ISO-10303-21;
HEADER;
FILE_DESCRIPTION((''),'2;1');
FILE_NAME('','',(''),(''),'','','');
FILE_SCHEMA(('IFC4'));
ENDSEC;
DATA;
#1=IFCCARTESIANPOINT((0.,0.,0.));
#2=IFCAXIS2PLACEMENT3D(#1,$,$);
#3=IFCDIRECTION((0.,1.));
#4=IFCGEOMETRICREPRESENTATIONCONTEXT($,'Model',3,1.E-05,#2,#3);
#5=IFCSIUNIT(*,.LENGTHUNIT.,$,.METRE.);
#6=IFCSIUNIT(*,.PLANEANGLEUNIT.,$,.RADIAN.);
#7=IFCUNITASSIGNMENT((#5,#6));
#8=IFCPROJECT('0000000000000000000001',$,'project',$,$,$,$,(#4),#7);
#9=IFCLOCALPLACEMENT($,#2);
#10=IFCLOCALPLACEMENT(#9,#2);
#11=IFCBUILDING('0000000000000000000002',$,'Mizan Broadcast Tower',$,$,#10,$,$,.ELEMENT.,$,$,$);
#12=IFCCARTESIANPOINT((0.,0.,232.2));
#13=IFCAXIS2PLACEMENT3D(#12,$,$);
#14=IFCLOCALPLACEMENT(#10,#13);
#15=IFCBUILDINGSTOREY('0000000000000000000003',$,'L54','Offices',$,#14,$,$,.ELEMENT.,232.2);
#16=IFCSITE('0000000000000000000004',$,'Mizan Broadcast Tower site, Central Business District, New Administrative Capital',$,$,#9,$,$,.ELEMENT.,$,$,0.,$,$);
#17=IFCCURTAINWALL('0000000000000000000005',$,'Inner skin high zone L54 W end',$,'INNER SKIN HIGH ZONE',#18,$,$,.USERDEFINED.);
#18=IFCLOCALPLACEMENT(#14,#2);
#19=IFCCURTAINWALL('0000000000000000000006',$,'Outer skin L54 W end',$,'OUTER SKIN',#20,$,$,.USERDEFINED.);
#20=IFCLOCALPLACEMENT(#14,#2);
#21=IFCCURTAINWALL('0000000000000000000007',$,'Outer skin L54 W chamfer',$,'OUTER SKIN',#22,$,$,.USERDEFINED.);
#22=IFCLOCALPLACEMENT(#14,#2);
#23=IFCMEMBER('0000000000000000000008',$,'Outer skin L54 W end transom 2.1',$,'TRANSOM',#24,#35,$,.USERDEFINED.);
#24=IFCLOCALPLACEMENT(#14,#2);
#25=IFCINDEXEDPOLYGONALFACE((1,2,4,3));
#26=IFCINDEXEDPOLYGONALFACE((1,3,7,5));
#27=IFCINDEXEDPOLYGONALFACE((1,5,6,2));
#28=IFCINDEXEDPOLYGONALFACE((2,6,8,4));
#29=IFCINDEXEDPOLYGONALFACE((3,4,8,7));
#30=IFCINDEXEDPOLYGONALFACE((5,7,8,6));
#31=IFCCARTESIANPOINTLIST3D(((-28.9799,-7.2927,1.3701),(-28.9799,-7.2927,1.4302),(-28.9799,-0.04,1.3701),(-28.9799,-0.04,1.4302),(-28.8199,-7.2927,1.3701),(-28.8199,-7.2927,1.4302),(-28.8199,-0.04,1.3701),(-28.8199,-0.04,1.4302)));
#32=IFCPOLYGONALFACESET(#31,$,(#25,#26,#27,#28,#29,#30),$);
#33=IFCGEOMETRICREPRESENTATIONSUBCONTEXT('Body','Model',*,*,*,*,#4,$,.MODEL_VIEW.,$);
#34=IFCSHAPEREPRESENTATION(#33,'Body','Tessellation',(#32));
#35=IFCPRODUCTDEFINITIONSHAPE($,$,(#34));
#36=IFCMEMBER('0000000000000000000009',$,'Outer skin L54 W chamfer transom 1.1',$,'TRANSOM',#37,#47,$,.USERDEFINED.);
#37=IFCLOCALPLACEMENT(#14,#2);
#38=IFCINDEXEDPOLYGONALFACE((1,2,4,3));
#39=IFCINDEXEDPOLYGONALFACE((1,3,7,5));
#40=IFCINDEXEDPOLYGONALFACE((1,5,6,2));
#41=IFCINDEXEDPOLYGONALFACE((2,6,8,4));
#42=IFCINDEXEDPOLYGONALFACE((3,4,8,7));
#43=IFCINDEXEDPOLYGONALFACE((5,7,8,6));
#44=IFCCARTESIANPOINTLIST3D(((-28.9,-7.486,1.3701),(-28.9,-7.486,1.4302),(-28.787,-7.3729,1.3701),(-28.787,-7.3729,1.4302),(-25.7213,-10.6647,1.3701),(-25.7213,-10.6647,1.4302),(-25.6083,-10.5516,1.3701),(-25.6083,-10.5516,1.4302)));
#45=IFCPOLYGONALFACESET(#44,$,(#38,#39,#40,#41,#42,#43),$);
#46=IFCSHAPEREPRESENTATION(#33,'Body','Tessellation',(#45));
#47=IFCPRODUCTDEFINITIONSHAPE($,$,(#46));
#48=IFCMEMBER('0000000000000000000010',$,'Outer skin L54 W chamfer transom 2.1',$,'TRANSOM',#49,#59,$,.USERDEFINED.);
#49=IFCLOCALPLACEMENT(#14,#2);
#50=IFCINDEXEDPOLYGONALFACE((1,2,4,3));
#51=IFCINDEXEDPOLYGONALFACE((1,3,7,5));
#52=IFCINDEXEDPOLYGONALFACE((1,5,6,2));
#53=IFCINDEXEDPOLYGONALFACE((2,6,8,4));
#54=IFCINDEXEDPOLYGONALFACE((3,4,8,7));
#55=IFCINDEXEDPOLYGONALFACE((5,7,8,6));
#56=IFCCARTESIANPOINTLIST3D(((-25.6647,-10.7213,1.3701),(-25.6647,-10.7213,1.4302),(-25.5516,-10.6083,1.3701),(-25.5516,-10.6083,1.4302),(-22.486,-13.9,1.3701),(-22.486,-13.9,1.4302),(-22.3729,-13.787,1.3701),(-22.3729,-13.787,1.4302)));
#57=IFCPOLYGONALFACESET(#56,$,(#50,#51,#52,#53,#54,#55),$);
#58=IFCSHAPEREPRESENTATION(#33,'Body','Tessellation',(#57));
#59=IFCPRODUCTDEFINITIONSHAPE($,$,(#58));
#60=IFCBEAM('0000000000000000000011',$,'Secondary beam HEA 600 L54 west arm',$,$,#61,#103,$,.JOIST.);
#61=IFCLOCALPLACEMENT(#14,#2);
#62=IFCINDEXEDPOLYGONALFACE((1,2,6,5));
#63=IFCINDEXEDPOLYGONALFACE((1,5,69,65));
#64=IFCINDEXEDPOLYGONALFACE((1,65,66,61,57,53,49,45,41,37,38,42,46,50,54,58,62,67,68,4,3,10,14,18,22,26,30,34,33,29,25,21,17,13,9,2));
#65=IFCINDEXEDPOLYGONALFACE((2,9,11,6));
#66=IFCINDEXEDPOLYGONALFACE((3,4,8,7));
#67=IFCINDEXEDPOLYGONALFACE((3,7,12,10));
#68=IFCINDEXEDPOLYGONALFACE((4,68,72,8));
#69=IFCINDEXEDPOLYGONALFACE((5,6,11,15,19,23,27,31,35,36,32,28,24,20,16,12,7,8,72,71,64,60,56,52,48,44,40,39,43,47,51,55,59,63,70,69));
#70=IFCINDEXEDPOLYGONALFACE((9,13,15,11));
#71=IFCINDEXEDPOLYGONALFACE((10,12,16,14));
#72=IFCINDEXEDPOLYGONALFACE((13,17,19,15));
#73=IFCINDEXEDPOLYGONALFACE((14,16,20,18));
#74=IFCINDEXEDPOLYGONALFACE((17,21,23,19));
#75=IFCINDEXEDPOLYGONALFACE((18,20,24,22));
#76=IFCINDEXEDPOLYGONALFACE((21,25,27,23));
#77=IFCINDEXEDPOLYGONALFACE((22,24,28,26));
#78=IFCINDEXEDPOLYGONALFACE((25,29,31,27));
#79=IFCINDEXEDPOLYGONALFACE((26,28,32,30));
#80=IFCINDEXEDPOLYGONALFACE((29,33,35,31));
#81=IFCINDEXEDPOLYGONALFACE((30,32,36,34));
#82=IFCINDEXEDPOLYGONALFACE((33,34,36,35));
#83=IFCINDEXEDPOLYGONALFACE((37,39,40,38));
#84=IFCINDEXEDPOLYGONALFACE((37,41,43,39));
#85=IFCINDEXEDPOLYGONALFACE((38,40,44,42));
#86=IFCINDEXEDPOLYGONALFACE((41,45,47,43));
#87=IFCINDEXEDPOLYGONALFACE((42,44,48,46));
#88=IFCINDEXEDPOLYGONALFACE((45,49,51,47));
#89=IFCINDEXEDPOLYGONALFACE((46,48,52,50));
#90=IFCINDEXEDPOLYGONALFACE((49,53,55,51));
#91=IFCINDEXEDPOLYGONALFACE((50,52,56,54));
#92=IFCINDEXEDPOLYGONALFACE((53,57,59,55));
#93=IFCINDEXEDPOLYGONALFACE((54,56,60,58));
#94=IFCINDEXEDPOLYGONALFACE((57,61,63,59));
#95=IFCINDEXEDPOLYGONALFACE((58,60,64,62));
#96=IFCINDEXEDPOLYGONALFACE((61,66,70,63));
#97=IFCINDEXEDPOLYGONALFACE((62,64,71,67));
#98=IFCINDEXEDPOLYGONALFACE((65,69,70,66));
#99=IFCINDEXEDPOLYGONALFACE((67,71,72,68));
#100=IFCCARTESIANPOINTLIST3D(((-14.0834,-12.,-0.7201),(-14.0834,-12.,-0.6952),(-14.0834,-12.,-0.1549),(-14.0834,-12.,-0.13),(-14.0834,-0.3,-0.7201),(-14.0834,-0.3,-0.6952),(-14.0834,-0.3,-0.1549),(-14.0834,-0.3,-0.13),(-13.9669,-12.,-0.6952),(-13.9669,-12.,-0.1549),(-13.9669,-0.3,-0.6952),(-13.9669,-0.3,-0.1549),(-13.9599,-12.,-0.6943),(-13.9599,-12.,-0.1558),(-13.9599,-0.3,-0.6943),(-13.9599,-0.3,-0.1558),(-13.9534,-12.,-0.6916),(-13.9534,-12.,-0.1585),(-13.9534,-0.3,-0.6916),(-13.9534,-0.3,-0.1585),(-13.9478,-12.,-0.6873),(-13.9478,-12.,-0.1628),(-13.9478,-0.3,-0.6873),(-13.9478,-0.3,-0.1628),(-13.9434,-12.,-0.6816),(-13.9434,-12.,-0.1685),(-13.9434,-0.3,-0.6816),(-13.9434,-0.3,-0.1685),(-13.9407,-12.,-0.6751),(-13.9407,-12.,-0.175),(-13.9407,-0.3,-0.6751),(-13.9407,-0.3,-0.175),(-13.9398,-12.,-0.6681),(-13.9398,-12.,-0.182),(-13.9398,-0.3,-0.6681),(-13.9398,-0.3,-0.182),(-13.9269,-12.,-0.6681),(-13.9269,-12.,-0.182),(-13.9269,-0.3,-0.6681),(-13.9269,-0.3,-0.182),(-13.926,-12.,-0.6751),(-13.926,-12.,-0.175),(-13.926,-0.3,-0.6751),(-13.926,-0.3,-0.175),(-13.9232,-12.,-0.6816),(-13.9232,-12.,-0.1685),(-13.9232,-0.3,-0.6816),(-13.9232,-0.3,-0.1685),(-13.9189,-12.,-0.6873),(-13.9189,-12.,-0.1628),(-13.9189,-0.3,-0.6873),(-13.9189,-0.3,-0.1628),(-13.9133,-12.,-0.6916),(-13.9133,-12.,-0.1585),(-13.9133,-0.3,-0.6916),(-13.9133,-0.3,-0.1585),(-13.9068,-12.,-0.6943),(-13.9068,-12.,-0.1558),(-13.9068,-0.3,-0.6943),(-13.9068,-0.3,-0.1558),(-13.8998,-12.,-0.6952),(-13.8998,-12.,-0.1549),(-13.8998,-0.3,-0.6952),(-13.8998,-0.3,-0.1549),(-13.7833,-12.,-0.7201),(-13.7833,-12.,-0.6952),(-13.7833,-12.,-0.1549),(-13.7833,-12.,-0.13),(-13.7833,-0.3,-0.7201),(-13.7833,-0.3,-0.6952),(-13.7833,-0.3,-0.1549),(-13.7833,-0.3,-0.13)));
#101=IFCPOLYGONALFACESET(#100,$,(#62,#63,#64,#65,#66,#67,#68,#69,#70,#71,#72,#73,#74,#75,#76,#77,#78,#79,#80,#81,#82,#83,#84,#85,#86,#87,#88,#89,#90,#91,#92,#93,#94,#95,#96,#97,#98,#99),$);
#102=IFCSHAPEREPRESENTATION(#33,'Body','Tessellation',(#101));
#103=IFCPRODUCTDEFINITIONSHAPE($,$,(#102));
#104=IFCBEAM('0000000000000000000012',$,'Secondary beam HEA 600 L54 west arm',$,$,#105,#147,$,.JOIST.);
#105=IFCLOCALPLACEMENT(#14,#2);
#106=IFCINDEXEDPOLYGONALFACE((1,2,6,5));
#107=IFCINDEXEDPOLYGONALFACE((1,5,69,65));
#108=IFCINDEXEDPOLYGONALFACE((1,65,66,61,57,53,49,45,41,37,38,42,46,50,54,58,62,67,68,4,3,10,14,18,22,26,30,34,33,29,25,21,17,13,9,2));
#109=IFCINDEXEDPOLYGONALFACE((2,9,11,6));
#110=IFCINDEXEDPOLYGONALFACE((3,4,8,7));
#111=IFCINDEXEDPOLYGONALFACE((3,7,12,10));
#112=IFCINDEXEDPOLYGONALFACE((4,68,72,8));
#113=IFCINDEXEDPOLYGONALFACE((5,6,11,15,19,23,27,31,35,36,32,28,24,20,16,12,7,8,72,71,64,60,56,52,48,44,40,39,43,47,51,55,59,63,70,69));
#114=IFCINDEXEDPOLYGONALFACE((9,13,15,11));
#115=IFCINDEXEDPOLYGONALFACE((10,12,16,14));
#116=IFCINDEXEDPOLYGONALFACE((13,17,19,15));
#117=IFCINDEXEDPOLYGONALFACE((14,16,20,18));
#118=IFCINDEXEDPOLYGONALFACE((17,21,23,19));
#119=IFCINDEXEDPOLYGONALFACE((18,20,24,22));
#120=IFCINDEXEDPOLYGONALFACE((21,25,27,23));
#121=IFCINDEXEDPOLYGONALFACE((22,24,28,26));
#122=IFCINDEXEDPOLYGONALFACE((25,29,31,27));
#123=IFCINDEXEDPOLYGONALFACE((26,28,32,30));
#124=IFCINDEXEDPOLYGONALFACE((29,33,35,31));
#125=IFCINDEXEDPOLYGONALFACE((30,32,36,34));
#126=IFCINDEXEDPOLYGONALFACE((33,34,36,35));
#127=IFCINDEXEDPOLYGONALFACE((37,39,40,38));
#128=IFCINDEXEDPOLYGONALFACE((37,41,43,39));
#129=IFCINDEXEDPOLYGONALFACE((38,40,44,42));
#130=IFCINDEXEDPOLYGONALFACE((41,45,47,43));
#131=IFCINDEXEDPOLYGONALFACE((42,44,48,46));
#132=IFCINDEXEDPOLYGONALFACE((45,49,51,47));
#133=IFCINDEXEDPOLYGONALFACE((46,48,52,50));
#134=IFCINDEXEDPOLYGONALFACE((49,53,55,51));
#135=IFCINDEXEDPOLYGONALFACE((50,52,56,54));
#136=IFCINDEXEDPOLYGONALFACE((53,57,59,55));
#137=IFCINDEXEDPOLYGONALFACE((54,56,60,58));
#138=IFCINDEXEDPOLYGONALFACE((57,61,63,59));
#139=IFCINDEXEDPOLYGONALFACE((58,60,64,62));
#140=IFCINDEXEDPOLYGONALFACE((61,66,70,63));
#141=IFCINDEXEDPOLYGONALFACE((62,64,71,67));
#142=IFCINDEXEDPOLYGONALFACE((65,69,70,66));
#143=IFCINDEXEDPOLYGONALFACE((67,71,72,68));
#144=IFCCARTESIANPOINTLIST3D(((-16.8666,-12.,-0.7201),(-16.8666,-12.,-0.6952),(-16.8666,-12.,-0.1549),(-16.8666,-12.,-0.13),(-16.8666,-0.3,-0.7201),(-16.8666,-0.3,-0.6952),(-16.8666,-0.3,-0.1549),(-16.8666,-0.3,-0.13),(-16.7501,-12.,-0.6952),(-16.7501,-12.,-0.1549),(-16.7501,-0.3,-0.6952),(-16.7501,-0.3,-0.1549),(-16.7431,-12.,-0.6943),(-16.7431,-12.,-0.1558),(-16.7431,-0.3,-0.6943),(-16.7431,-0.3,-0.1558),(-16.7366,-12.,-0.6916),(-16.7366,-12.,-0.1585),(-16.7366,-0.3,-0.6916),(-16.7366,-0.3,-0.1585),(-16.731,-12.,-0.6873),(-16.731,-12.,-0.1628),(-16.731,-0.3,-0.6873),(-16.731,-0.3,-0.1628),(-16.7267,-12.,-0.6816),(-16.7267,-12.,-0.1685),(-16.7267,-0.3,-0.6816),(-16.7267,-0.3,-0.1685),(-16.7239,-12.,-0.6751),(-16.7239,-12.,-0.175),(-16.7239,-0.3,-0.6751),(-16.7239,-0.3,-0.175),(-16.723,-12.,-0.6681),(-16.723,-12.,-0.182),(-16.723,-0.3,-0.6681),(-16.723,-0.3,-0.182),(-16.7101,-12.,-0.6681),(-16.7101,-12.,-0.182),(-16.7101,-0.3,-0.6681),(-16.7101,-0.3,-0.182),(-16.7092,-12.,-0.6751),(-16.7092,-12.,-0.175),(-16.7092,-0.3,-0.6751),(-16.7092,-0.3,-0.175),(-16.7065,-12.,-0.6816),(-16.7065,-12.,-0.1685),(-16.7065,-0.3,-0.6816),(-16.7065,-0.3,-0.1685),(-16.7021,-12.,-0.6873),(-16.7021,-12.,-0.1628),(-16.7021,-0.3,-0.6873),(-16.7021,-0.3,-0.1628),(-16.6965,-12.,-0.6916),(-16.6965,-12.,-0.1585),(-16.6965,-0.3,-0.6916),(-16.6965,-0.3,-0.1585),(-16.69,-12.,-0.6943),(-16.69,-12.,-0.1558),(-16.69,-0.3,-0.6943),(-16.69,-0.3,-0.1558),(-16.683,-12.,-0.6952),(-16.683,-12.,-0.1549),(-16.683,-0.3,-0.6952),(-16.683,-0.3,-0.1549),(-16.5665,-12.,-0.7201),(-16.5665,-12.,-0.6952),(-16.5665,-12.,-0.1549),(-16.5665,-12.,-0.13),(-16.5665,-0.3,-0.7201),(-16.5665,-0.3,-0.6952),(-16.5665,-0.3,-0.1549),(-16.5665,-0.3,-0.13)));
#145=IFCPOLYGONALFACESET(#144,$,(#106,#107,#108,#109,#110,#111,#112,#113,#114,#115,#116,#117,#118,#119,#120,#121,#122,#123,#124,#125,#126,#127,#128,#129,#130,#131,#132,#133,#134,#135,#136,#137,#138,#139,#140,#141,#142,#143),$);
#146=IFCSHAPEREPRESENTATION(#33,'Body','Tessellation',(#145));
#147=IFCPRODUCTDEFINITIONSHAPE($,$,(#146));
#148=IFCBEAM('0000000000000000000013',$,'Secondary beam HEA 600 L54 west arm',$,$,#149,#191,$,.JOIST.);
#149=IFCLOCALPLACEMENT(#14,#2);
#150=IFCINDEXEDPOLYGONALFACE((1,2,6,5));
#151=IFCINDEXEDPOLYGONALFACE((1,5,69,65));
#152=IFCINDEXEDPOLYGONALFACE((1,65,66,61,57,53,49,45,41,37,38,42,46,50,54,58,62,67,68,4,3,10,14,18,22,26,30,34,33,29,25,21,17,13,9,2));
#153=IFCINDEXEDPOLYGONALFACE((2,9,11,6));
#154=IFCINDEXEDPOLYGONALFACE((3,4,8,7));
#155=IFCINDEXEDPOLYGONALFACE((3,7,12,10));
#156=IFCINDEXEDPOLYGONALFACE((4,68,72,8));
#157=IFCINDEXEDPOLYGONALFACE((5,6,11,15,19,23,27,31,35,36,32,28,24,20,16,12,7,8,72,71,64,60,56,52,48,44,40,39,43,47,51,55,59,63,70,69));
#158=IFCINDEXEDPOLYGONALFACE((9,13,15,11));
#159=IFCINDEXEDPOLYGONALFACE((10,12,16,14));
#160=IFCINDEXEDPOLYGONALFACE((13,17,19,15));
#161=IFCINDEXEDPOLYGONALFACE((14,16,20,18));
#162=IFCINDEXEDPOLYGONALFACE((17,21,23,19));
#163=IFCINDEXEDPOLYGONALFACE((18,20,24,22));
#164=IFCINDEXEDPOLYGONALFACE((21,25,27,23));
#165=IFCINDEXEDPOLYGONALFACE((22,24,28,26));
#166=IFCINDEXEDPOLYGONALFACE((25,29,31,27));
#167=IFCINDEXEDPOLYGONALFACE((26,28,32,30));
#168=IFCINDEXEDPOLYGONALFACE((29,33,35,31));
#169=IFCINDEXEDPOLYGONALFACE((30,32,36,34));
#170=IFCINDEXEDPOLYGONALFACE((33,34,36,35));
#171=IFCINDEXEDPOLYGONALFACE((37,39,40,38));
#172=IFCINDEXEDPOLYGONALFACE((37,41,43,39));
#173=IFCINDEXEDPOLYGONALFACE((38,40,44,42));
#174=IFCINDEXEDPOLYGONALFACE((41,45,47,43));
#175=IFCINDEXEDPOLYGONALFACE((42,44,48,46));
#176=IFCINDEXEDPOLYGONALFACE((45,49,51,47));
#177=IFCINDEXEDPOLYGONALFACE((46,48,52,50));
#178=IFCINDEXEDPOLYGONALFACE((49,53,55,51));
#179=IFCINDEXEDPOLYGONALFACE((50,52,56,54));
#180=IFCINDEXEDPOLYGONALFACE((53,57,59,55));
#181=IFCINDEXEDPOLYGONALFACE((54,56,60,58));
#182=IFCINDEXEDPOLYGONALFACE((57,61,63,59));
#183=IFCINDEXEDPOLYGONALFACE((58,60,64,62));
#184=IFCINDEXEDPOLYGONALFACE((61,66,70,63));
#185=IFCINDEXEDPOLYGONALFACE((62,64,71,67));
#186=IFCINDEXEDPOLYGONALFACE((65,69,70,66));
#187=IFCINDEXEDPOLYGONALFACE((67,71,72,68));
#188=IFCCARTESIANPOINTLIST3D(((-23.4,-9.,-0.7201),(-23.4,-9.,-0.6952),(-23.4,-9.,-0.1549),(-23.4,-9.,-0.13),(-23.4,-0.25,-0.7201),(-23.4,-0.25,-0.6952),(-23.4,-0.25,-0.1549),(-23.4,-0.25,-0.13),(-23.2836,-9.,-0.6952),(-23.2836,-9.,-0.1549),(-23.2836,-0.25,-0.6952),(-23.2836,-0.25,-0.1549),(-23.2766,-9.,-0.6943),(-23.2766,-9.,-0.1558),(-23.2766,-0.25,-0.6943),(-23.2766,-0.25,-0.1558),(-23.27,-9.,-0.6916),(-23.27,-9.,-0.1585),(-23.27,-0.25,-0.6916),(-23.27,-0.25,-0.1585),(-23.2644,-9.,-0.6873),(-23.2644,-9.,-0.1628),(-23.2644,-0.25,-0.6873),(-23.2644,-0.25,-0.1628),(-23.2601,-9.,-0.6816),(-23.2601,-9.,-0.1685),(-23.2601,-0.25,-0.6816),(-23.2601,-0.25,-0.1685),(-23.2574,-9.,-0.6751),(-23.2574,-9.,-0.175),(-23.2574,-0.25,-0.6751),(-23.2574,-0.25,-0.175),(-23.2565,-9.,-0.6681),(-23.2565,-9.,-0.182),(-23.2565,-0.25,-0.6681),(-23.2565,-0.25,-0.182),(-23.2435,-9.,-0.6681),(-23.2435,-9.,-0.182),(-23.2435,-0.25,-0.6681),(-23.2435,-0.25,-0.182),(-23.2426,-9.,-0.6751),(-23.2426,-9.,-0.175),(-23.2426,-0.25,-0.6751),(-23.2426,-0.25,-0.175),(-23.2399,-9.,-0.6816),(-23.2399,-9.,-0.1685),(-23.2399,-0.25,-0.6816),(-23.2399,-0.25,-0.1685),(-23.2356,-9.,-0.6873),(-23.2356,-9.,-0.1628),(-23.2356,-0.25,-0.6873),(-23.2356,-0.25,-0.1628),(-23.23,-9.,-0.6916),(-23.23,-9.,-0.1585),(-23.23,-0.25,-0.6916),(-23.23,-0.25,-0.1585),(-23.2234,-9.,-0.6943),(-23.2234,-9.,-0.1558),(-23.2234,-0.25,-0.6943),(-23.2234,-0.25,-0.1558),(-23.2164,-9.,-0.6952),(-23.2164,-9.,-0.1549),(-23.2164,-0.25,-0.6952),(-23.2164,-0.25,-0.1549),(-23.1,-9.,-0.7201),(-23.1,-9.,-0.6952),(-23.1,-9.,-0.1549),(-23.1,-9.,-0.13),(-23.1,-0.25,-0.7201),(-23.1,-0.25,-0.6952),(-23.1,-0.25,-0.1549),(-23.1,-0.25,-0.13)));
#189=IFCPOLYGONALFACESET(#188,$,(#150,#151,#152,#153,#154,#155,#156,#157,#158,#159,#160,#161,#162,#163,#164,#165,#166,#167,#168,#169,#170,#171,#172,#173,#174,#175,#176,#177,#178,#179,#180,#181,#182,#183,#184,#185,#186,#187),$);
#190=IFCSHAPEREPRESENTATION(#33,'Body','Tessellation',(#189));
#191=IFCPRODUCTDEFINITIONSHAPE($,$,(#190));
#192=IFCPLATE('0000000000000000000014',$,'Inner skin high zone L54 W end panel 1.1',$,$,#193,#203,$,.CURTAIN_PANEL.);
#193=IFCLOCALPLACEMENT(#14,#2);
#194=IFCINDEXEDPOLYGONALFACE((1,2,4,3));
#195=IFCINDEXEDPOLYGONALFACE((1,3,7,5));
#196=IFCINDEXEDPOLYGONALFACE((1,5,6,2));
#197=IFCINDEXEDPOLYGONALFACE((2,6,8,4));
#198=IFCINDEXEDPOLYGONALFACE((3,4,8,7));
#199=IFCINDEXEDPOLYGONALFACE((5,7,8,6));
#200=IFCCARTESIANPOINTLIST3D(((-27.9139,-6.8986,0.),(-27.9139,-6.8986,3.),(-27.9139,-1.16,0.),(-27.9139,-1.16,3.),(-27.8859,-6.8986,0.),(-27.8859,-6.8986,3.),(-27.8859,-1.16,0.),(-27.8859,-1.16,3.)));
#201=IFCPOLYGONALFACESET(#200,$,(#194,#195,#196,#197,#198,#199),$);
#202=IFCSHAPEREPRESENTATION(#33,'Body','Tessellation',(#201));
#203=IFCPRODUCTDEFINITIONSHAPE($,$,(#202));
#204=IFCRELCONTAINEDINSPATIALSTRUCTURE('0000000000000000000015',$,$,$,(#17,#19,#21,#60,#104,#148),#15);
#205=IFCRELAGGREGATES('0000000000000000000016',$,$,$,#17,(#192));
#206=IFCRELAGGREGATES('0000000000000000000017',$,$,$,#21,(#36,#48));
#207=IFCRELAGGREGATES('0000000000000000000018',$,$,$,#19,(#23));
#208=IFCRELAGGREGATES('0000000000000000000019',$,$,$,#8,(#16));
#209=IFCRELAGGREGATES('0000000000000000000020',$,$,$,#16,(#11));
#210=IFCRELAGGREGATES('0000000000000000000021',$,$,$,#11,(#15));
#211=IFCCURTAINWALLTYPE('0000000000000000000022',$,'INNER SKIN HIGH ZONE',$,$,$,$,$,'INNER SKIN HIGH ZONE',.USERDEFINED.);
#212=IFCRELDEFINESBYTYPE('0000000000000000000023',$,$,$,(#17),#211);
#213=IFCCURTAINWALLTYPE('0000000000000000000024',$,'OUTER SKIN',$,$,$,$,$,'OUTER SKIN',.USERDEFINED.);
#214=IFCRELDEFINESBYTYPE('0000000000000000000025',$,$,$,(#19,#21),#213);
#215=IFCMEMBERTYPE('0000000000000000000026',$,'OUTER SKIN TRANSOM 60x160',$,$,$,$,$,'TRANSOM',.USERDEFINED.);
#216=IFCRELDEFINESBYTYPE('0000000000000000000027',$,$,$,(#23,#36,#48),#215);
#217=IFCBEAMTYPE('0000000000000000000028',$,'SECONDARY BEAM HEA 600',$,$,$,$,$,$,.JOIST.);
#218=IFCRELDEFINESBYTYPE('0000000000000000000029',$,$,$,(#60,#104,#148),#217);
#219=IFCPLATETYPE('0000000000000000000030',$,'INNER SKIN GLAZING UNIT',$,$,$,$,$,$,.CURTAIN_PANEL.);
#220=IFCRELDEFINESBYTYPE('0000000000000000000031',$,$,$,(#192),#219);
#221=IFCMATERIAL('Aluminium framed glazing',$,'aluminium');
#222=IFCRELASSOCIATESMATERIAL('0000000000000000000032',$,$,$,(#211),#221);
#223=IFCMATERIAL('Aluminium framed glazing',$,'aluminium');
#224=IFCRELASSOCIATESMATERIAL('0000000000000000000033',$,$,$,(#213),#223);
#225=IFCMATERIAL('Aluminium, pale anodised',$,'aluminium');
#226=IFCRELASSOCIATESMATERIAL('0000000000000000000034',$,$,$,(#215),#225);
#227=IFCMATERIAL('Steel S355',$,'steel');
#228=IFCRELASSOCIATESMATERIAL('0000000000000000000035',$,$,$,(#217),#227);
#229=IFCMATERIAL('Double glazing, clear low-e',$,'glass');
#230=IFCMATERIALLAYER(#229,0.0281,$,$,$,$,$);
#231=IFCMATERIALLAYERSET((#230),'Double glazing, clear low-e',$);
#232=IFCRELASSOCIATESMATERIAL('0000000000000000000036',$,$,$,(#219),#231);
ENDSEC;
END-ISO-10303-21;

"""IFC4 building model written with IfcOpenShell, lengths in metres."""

from ifc_helpers import new_model, si_unit, direction, frame, origin, origin_2d, place, context, subcontext, project, spatial, rectangle, i_section, extrude, material, layer, layer_set, material_profile, profile_set, type_object, element, aggregate, save


model = new_model("IFC4")

# Units and contexts
model_context = context("Model", 3, precision=1e-05, world=origin(), true_north=direction((0.0, 1.0)))
body_context = subcontext(model_context, "Body", "Model", "MODEL_VIEW")
ifc_project = project(units=[si_unit("LENGTHUNIT", "METRE"), si_unit("PLANEANGLEUNIT", "RADIAN")], contexts=[model_context])

# Site, building, storey
site_placement = place(None, origin())
site = spatial("IfcSite", under=ifc_project, at=site_placement, Name="Mizan Broadcast Tower site, Central Business District, New Administrative Capital", CompositionType="ELEMENT", RefElevation=0.0)
building_placement = place(site_placement, origin())
building = spatial("IfcBuilding", under=site, at=building_placement, Name="Mizan Broadcast Tower", CompositionType="ELEMENT")
storey_placement = place(building_placement, frame((0.0, 0.0, 232.2)))
storey = spatial("IfcBuildingStorey", under=building, at=storey_placement, Name="L54", Description="Offices", CompositionType="ELEMENT", Elevation=232.2)

# Curtain wall
ifc_material_1 = material(Name="Aluminium framed glazing", Category="aluminium")
curtain_wall_type_1 = type_object("IfcCurtainWallType", Name="INNER SKIN HIGH ZONE", ElementType="INNER SKIN HIGH ZONE", PredefinedType="USERDEFINED", material=ifc_material_1)
curtain_wall_1_placement = place(storey_placement, origin())
curtain_wall_1 = element("IfcCurtainWall", 1, at=curtain_wall_1_placement, inside=storey, type_object=curtain_wall_type_1, Name="Inner skin high zone L54 W end", ObjectType="INNER SKIN HIGH ZONE", PredefinedType="USERDEFINED")

# Curtain walls
ifc_material_2 = material(Name="Aluminium framed glazing", Category="aluminium")
curtain_wall_type_2 = type_object("IfcCurtainWallType", Name="OUTER SKIN", ElementType="OUTER SKIN", PredefinedType="USERDEFINED", material=ifc_material_2)
curtain_wall_2_placement = place(storey_placement, origin())
curtain_wall_2 = element("IfcCurtainWall", 2, at=curtain_wall_2_placement, inside=storey, type_object=curtain_wall_type_2, Name="Outer skin L54 W end", ObjectType="OUTER SKIN", PredefinedType="USERDEFINED")
curtain_wall_3_placement = place(storey_placement, origin())
curtain_wall_3 = element("IfcCurtainWall", 3, at=curtain_wall_3_placement, inside=storey, type_object=curtain_wall_type_2, Name="Outer skin L54 W chamfer", ObjectType="OUTER SKIN", PredefinedType="USERDEFINED")

# Members
ifc_material_3 = material(Name="Aluminium, pale anodised", Category="aluminium")
ifc_material_profile_1 = material_profile(ifc_material_3, rectangle(XDim=0.1599, YDim=0.0601, at=origin_2d()), Name="TRANSOM 160x60")
ifc_profile_set_1 = profile_set([ifc_material_profile_1], Name="Aluminium, pale anodised")
member_type_1 = type_object("IfcMemberType", Name="OUTER SKIN TRANSOM 60x160", ElementType="TRANSOM", PredefinedType="USERDEFINED", material=ifc_profile_set_1)
member_1_placement = place(storey_placement, frame((-28.8999, -0.04, 1.4001), z_axis=(0.0, -1.0, 0.0), x_axis=(1.0, 0.0, 0.0)))
member_1 = element("IfcMember", 4, at=member_1_placement, type_object=member_type_1, Name="Outer skin L54 W end transom 2.1", ObjectType="TRANSOM", PredefinedType="USERDEFINED", context=body_context, shape_type="SweptSolid", body=[
    extrude(rectangle(XDim=0.1599, YDim=0.0601, at=origin_2d()), origin(), (0.0, 0.0, 1.0), 7.2527),
])
member_2_placement = place(storey_placement, frame((-28.8435, -7.4294, 1.4001), z_axis=(0.707107, -0.707107, 0.0), x_axis=(0.707107, 0.707107, 0.0)))
member_2 = element("IfcMember", 5, at=member_2_placement, type_object=member_type_1, Name="Outer skin L54 W chamfer transom 1.1", ObjectType="TRANSOM", PredefinedType="USERDEFINED", context=body_context, shape_type="SweptSolid", body=[
    extrude(rectangle(XDim=0.1599, YDim=0.0601, at=origin_2d()), origin(), (0.0, 0.0, 1.0), 4.4954),
])
member_3_placement = place(storey_placement, frame((-25.6082, -10.6648, 1.4001), z_axis=(0.707107, -0.707107, 0.0), x_axis=(0.707107, 0.707107, 0.0)))
member_3 = element("IfcMember", 6, at=member_3_placement, type_object=member_type_1, Name="Outer skin L54 W chamfer transom 2.1", ObjectType="TRANSOM", PredefinedType="USERDEFINED", context=body_context, shape_type="SweptSolid", body=[
    extrude(rectangle(XDim=0.1599, YDim=0.0601, at=origin_2d()), origin(), (0.0, 0.0, 1.0), 4.4954),
])

# Beams
ifc_material_4 = material(Name="Steel S355", Category="steel")
ifc_material_profile_2 = material_profile(ifc_material_4, i_section(OverallWidth=0.3, OverallDepth=0.5901, WebThickness=0.0129, FlangeThickness=0.0249, FilletRadius=0.0271, at=origin_2d()), Name="HEA 600")
ifc_profile_set_2 = profile_set([ifc_material_profile_2], Name="Steel S355")
beam_type_1 = type_object("IfcBeamType", Name="SECONDARY BEAM HEA 600", PredefinedType="JOIST", material=ifc_profile_set_2)
for number, where, z_axis, x_axis, name in (
    (7, (-13.9333, -12.0, -0.425), (0.0, 1.0, 0.0), (-1.0, 0.0, 0.0), "Secondary beam HEA 600 L54 west arm"),
    (8, (-16.7166, -12.0, -0.425), (0.0, 1.0, 0.0), (-1.0, 0.0, 0.0), "Secondary beam HEA 600 L54 west arm"),
):
    element("IfcBeam", number, at=place(storey_placement, frame(where, z_axis=z_axis, x_axis=x_axis)), inside=storey, type_object=beam_type_1, Name=name, PredefinedType="JOIST", context=body_context, shape_type="SweptSolid", body=[
        extrude(i_section(OverallWidth=0.3, OverallDepth=0.5901, WebThickness=0.0129, FlangeThickness=0.0249, FilletRadius=0.0271, at=origin_2d()), origin(), (0.0, 0.0, 1.0), 11.7),
    ])
beam_1_placement = place(storey_placement, frame((-23.25, -9.0, -0.425), z_axis=(0.0, 1.0, 0.0), x_axis=(-1.0, 0.0, 0.0)))
element("IfcBeam", 9, at=beam_1_placement, inside=storey, type_object=beam_type_1, Name="Secondary beam HEA 600 L54 west arm", PredefinedType="JOIST", context=body_context, shape_type="SweptSolid", body=[
    extrude(i_section(OverallWidth=0.3, OverallDepth=0.5901, WebThickness=0.0129, FlangeThickness=0.0249, FilletRadius=0.0271, at=origin_2d()), origin(), (0.0, 0.0, 1.0), 8.75),
])

# Plate
ifc_material_5 = material(Name="Double glazing, clear low-e", Category="glass")
ifc_layer_1 = layer(ifc_material_5, 0.0281)
ifc_layer_set_1 = layer_set([ifc_layer_1], Name="Double glazing, clear low-e")
plate_type_1 = type_object("IfcPlateType", Name="INNER SKIN GLAZING UNIT", PredefinedType="CURTAIN_PANEL", material=ifc_layer_set_1)
plate_1_placement = place(storey_placement, frame((-27.8999, -4.0293, 0.0), z_axis=(0.0, 0.0, 1.0), x_axis=(0.0, -1.0, 0.0)))
plate_1 = element("IfcPlate", 10, at=plate_1_placement, type_object=plate_type_1, Name="Inner skin high zone L54 W end panel 1.1", PredefinedType="CURTAIN_PANEL", context=body_context, shape_type="SweptSolid", body=[
    extrude(rectangle(XDim=5.7385, YDim=0.0281, at=origin_2d()), origin(), (0.0, 0.0, 1.0), 3.0),
])
aggregate(curtain_wall_1, [plate_1])
aggregate(curtain_wall_3, [member_2, member_3])
aggregate(curtain_wall_2, [member_1])

save(model, "model.ifc")
